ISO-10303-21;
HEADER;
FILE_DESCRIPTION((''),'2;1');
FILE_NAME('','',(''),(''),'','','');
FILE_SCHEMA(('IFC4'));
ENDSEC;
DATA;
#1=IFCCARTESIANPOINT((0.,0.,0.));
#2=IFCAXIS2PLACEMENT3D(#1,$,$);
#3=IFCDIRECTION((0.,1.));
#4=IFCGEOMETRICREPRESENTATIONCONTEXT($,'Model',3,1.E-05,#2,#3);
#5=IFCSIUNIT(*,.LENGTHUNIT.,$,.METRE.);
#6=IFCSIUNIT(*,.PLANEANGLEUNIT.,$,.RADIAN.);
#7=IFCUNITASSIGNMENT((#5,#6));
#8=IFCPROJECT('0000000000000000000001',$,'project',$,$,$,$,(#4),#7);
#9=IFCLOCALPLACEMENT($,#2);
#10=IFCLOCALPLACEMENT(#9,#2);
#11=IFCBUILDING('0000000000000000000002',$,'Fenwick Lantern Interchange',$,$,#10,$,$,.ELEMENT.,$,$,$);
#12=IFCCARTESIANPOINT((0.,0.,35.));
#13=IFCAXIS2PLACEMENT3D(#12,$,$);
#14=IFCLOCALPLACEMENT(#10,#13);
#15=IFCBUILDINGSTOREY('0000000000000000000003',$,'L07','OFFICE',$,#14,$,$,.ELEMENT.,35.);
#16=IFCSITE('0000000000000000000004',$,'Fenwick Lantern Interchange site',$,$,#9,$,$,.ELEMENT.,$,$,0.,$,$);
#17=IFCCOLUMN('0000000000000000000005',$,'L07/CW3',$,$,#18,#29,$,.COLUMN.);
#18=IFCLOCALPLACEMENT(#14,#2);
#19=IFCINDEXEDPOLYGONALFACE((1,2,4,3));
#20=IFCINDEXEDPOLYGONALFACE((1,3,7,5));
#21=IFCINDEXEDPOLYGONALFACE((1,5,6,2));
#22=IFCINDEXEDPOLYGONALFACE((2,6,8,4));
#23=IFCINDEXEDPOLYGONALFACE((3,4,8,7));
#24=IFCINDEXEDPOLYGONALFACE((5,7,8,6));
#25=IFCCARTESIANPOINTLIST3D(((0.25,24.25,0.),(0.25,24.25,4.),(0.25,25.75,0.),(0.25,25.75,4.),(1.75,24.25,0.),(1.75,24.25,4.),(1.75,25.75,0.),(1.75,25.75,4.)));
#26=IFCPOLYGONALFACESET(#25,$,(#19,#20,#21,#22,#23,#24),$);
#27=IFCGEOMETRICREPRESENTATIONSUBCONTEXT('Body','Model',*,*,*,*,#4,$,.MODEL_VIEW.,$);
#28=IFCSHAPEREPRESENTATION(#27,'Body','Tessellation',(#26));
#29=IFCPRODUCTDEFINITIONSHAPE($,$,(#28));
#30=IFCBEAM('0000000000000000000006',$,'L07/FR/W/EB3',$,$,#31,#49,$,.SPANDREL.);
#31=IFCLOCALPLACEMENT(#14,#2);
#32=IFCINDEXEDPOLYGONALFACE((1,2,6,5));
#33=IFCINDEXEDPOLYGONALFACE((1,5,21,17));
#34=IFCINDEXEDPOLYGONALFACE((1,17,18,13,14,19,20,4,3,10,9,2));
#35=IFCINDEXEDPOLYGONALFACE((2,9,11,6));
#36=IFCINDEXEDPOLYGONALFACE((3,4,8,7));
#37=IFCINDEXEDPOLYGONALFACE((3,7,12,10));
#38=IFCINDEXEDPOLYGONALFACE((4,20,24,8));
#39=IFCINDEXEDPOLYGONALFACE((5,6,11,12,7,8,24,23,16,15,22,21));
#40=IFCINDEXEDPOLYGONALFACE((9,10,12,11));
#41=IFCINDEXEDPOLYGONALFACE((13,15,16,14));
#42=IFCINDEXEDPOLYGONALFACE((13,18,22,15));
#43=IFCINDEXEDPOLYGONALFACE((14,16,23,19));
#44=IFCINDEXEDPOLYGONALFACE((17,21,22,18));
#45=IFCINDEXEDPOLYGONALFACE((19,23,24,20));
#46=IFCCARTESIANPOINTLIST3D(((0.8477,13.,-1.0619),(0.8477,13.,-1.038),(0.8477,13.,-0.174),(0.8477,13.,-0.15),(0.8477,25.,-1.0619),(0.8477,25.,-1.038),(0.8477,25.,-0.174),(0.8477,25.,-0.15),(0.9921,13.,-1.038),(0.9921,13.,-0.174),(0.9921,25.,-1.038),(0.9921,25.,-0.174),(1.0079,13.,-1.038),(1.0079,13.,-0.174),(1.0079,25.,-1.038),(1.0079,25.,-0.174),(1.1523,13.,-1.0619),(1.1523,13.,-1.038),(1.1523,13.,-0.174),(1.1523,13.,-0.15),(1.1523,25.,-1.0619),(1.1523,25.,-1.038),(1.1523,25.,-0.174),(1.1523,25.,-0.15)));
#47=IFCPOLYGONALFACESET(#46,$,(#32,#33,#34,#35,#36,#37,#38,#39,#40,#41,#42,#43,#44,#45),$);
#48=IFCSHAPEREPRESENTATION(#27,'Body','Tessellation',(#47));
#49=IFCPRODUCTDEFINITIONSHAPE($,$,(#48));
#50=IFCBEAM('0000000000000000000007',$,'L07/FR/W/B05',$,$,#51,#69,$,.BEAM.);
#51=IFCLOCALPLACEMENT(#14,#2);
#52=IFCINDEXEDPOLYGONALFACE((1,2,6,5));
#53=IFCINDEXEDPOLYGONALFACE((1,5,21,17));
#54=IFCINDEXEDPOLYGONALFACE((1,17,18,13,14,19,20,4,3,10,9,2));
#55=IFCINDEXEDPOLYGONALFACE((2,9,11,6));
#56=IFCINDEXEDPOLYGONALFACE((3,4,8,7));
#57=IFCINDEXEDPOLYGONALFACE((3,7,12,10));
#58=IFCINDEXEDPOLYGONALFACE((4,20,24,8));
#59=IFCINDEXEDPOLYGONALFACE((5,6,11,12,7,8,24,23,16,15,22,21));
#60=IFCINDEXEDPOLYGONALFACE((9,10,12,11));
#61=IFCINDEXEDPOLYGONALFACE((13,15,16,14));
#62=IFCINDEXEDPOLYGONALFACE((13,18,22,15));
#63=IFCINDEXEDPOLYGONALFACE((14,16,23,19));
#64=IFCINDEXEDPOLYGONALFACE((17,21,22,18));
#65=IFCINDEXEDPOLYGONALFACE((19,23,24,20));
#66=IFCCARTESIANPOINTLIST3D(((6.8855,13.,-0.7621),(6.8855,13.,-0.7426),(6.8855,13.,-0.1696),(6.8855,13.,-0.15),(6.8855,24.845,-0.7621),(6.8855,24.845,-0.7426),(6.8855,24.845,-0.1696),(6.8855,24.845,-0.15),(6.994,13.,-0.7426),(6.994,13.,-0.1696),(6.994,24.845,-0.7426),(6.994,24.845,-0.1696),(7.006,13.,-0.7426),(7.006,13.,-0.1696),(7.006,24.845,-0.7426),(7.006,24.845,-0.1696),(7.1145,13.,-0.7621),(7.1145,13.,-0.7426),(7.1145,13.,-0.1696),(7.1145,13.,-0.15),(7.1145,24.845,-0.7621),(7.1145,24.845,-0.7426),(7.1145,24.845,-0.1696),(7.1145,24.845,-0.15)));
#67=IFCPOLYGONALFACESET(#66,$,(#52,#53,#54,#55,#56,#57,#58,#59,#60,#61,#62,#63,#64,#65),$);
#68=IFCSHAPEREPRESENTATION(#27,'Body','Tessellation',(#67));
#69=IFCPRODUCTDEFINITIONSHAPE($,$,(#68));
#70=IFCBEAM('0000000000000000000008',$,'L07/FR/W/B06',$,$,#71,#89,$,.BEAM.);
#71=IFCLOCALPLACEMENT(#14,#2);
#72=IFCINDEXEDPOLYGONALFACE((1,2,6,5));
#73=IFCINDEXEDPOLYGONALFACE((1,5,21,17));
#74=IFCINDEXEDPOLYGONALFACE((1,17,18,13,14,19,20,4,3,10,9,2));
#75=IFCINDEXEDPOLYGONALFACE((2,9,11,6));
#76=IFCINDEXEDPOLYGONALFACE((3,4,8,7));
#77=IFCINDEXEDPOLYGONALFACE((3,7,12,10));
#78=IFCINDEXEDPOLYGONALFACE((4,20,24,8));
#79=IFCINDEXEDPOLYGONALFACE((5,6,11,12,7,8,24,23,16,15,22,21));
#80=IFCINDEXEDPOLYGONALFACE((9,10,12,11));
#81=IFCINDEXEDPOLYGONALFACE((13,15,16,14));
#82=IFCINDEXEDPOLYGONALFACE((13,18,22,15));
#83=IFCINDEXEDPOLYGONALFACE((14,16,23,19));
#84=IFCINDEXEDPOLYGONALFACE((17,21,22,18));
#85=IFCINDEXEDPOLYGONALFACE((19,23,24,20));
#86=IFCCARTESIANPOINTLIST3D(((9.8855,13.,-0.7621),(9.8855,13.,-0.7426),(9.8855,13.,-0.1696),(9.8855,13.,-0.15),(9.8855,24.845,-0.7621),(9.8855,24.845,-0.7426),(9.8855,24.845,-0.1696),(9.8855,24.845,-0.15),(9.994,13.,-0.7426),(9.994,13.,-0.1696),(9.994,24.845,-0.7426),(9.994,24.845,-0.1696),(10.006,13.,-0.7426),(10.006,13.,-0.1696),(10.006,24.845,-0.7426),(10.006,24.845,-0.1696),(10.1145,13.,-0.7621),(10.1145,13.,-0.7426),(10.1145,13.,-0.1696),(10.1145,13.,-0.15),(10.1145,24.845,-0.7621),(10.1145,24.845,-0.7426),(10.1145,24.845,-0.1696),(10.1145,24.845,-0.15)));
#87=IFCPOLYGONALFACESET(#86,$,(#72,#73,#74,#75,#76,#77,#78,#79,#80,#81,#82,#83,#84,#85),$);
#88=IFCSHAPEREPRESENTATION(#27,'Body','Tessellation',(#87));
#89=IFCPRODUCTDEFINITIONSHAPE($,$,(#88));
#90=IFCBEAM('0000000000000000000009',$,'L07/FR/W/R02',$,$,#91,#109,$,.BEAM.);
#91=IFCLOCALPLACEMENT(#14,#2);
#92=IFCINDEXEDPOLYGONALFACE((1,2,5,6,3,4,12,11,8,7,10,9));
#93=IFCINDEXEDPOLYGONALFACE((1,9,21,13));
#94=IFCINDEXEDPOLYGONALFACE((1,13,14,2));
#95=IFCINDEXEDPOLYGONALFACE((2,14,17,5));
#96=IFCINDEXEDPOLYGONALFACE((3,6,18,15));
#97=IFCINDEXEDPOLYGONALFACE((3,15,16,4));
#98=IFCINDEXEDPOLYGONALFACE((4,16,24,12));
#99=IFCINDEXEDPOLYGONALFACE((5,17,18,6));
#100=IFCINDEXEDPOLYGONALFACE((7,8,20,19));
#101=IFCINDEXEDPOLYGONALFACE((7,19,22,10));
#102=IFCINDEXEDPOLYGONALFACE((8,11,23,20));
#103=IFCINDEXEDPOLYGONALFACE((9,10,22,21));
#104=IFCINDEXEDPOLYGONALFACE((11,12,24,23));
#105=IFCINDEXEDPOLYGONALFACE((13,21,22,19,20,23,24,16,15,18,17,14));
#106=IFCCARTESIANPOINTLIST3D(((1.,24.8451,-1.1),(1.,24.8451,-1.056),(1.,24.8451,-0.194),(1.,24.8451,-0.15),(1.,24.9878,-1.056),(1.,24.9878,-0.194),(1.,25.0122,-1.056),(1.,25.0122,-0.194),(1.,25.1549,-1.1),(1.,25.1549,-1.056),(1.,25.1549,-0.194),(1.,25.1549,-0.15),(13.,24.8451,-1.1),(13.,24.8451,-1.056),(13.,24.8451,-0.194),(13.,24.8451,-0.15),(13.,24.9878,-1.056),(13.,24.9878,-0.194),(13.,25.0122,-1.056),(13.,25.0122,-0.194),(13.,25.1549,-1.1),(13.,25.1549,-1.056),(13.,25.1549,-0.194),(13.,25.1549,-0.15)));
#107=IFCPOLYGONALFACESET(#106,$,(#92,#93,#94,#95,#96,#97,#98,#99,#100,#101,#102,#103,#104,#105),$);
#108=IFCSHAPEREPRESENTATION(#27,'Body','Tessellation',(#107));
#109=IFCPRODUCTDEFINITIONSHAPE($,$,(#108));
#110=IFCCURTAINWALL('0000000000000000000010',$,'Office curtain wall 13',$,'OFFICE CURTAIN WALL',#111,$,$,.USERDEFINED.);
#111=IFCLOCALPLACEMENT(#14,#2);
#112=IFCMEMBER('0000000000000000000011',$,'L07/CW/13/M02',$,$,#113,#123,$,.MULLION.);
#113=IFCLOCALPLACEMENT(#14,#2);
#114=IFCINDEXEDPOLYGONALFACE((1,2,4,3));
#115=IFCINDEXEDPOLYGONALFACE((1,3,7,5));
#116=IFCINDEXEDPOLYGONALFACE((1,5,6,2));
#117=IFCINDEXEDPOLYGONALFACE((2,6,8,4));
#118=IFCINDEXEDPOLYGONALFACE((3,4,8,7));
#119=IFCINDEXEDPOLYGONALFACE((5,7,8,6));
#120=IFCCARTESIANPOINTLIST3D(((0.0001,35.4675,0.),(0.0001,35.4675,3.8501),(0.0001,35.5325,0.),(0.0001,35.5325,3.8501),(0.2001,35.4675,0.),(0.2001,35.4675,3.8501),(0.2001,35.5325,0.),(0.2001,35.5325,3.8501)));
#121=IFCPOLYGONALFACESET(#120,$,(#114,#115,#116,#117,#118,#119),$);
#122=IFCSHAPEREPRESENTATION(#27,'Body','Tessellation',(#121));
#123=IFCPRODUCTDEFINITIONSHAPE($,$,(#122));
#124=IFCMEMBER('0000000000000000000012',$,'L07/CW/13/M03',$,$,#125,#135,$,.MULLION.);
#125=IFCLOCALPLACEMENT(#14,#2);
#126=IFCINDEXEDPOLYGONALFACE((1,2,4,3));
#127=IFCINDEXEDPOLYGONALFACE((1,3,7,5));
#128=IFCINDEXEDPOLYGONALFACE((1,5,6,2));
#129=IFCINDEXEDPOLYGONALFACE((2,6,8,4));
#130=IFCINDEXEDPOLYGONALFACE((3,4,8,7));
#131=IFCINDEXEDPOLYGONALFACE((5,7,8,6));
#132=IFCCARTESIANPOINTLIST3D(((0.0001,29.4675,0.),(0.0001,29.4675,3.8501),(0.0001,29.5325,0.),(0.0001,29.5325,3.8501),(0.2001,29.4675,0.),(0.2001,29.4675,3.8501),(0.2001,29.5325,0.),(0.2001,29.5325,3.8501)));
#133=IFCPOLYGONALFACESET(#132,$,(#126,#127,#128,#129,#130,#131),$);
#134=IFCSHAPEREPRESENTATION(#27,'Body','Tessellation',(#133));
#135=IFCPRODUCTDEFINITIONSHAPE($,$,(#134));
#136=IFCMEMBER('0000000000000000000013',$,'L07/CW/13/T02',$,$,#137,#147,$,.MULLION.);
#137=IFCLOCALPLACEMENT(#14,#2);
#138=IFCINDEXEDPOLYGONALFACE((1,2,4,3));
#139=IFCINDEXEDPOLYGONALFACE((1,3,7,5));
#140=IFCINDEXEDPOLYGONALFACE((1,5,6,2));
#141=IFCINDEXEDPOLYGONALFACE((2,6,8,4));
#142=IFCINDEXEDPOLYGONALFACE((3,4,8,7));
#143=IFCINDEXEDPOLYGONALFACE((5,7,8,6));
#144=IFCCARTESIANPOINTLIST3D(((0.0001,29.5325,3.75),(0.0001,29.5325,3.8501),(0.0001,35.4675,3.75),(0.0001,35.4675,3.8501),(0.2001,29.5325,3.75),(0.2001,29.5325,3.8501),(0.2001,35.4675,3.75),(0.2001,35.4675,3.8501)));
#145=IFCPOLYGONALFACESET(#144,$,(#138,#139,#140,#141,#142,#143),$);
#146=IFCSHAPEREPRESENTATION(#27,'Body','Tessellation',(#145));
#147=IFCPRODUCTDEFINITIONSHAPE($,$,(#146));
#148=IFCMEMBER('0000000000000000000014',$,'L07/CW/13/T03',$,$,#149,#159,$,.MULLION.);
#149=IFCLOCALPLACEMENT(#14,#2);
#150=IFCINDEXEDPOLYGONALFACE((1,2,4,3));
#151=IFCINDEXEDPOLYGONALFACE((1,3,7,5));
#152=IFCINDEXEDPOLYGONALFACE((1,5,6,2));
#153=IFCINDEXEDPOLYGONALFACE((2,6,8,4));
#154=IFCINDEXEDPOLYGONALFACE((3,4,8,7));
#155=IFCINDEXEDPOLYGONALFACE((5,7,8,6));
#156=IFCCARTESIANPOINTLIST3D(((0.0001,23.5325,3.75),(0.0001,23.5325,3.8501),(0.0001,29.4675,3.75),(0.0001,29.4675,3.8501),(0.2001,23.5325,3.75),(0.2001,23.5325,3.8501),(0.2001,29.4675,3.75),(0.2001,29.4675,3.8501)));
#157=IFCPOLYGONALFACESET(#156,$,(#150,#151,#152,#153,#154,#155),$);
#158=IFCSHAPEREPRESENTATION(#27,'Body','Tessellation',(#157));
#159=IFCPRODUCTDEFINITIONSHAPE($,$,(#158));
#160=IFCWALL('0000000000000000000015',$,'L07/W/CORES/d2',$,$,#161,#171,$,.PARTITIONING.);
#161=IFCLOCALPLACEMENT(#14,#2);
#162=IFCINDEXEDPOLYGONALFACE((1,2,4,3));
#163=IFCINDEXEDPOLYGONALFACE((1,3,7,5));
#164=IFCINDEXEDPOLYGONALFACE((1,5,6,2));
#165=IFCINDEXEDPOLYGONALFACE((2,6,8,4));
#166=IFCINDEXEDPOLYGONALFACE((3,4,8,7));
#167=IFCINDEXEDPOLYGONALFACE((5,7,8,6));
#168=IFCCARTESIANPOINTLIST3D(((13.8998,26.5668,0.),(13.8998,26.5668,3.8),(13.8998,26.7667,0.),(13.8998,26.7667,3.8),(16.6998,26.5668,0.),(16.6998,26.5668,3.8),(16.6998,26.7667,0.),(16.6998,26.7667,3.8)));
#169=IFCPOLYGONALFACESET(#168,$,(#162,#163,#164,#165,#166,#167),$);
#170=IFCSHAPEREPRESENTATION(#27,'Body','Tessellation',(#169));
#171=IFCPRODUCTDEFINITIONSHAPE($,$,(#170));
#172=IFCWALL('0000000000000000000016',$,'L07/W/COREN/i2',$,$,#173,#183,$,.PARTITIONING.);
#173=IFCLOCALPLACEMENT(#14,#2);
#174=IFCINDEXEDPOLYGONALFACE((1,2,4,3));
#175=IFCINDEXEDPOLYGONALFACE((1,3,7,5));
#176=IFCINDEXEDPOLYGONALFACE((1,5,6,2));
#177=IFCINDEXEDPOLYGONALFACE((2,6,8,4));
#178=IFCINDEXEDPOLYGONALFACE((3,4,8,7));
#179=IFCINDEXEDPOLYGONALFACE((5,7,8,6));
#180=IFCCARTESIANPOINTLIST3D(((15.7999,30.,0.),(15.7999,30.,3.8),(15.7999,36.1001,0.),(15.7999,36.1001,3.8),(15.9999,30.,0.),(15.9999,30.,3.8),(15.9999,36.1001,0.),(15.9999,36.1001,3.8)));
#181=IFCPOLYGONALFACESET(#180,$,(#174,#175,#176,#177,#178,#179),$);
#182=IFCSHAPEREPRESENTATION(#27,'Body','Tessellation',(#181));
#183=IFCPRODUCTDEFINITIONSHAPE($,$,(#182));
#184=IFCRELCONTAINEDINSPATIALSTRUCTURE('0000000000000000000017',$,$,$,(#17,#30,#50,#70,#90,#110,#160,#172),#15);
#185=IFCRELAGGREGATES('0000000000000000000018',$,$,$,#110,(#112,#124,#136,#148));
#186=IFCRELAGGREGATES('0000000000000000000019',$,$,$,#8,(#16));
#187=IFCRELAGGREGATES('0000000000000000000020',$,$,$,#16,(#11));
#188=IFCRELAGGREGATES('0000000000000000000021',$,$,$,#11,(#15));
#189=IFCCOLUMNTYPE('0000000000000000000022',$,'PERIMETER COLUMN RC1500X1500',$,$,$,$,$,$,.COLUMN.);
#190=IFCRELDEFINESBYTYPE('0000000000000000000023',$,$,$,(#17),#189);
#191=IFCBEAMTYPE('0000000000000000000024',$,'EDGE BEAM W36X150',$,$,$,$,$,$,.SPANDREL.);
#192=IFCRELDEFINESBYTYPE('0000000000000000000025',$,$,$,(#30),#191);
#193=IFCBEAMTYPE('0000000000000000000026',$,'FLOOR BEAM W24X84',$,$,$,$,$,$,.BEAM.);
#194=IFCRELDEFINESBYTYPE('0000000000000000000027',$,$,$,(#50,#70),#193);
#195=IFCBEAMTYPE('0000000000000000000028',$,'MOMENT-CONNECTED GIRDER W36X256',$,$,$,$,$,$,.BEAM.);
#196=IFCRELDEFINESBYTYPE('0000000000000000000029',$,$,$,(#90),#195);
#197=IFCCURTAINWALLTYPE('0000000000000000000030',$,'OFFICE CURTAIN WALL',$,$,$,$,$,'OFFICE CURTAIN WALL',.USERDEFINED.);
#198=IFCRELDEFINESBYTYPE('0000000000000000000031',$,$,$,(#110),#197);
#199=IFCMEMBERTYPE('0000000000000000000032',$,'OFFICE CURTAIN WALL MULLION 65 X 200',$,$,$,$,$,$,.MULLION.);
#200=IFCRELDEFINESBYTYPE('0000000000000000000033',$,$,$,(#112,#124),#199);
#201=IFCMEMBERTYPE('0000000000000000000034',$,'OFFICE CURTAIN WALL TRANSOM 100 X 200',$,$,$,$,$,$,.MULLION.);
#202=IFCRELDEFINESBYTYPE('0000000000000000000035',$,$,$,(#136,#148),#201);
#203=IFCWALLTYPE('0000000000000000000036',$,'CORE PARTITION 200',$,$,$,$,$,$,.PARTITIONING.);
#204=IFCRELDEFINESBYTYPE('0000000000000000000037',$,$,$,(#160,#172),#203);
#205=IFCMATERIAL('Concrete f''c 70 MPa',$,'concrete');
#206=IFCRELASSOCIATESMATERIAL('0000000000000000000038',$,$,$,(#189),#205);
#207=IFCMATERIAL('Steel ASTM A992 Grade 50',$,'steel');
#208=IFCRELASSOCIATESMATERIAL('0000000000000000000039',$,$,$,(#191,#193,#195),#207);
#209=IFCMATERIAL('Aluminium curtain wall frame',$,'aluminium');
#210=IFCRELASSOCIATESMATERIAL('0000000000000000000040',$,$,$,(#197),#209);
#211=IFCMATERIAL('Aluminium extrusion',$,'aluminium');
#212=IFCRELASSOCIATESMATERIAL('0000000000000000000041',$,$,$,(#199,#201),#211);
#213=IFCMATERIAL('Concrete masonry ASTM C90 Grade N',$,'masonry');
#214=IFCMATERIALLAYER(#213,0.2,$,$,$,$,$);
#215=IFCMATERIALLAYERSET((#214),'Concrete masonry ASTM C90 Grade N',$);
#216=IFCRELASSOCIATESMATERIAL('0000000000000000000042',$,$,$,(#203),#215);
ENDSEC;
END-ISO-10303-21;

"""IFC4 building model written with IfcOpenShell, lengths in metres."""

from ifc_helpers import new_model, si_unit, direction, frame, frame_2d, origin, origin_2d, place, context, subcontext, project, spatial, rectangle, i_section, extrude, material, layer, layer_set, material_profile, profile_set, type_object, element, aggregate, save


model = new_model("IFC4")

# Units and contexts
model_context = context("Model", 3, precision=1e-05, world=origin(), true_north=direction((0.0, 1.0)))
body_context = subcontext(model_context, "Body", "Model", "MODEL_VIEW")
ifc_project = project(units=[si_unit("LENGTHUNIT", "METRE"), si_unit("PLANEANGLEUNIT", "RADIAN")], contexts=[model_context])

# Site, building, storey
site_placement = place(None, origin())
site = spatial("IfcSite", under=ifc_project, at=site_placement, Name="Fenwick Lantern Interchange site", CompositionType="ELEMENT", RefElevation=0.0)
building_placement = place(site_placement, origin())
building = spatial("IfcBuilding", under=site, at=building_placement, Name="Fenwick Lantern Interchange", CompositionType="ELEMENT")
storey_placement = place(building_placement, frame((0.0, 0.0, 35.0)))
storey = spatial("IfcBuildingStorey", under=building, at=storey_placement, Name="L07", Description="OFFICE", CompositionType="ELEMENT", Elevation=35.0)

# Column
ifc_material_1 = material(Name="Concrete f'c 70 MPa", Category="concrete")
ifc_material_profile_1 = material_profile(ifc_material_1, rectangle(XDim=1.5, YDim=1.5, at=origin_2d()), Name="RC1500X1500")
ifc_profile_set_1 = profile_set([ifc_material_profile_1], Name="Concrete f'c 70 MPa")
column_type = type_object("IfcColumnType", Name="PERIMETER COLUMN RC1500X1500", PredefinedType="COLUMN", material=ifc_profile_set_1)
column_placement = place(storey_placement, frame((1.0, 25.0, 0.0), z_axis=(0.0, 0.0, 1.0), x_axis=(1.0, 0.0, 0.0)))
element("IfcColumn", 1, at=column_placement, inside=storey, type_object=column_type, Name="L07/CW3", PredefinedType="COLUMN", context=body_context, shape_type="SweptSolid", body=[
    extrude(rectangle(XDim=1.5, YDim=1.5, at=origin_2d()), origin(), (0.0, 0.0, 1.0), 4.0),
])

# Beams
ifc_material_2 = material(Name="Steel ASTM A992 Grade 50", Category="steel")
ifc_material_profile_2 = material_profile(ifc_material_2, i_section(OverallWidth=0.3047, OverallDepth=0.9119, WebThickness=0.0159, FlangeThickness=0.0239, at=origin_2d()), Name="W36X150")
ifc_profile_set_2 = profile_set([ifc_material_profile_2], Name="Steel ASTM A992 Grade 50")
beam_type_1 = type_object("IfcBeamType", Name="EDGE BEAM W36X150", PredefinedType="SPANDREL", material=ifc_profile_set_2)
beam_1_placement = place(storey_placement, frame((1.0, 25.0, -0.606), z_axis=(0.0, -1.0, 0.0), x_axis=(1.0, 0.0, 0.0)))
element("IfcBeam", 2, at=beam_1_placement, inside=storey, type_object=beam_type_1, Name="L07/FR/W/EB3", PredefinedType="SPANDREL", context=body_context, shape_type="SweptSolid", body=[
    extrude(i_section(OverallWidth=0.3047, OverallDepth=0.9119, WebThickness=0.0159, FlangeThickness=0.0239, at=origin_2d()), origin(), (0.0, 0.0, 1.0), 12.0),
])
ifc_material_profile_3 = material_profile(ifc_material_2, i_section(OverallWidth=0.229, OverallDepth=0.6121, WebThickness=0.012, FlangeThickness=0.0195, at=origin_2d()), Name="W24X84")
ifc_profile_set_3 = profile_set([ifc_material_profile_3], Name="Steel ASTM A992 Grade 50")
beam_type_2 = type_object("IfcBeamType", Name="FLOOR BEAM W24X84", PredefinedType="BEAM", material=ifc_profile_set_3)
for number, where, z_axis, x_axis, name in (
    (3, (7.0, 24.845, -0.4561), (0.0, -1.0, 0.0), (1.0, 0.0, 0.0), "L07/FR/W/B05"),
    (4, (10.0, 24.845, -0.4561), (0.0, -1.0, 0.0), (1.0, 0.0, 0.0), "L07/FR/W/B06"),
):
    element("IfcBeam", number, at=place(storey_placement, frame(where, z_axis=z_axis, x_axis=x_axis)), inside=storey, type_object=beam_type_2, Name=name, PredefinedType="BEAM", context=body_context, shape_type="SweptSolid", body=[
        extrude(i_section(OverallWidth=0.229, OverallDepth=0.6121, WebThickness=0.012, FlangeThickness=0.0195, at=origin_2d()), origin(), (0.0, 0.0, 1.0), 11.845),
    ])
ifc_material_profile_4 = material_profile(ifc_material_2, i_section(OverallWidth=0.3098, OverallDepth=0.95, WebThickness=0.0244, FlangeThickness=0.0439, at=origin_2d()), Name="W36X256")
ifc_profile_set_4 = profile_set([ifc_material_profile_4], Name="Steel ASTM A992 Grade 50")
beam_type_3 = type_object("IfcBeamType", Name="MOMENT-CONNECTED GIRDER W36X256", PredefinedType="BEAM", material=ifc_profile_set_4)
beam_2_placement = place(storey_placement, frame((1.0, 25.0, -0.625), z_axis=(1.0, 0.0, 0.0), x_axis=(0.0, 1.0, 0.0)))
element("IfcBeam", 5, at=beam_2_placement, inside=storey, type_object=beam_type_3, Name="L07/FR/W/R02", PredefinedType="BEAM", context=body_context, shape_type="SweptSolid", body=[
    extrude(i_section(OverallWidth=0.3098, OverallDepth=0.95, WebThickness=0.0244, FlangeThickness=0.0439, at=origin_2d()), origin(), (0.0, 0.0, 1.0), 12.0),
])

# Curtain wall, members
ifc_material_3 = material(Name="Aluminium curtain wall frame", Category="aluminium")
curtain_wall_type = type_object("IfcCurtainWallType", Name="OFFICE CURTAIN WALL", ElementType="OFFICE CURTAIN WALL", PredefinedType="USERDEFINED", material=ifc_material_3)
curtain_wall_placement = place(storey_placement, origin())
curtain_wall = element("IfcCurtainWall", 6, at=curtain_wall_placement, inside=storey, type_object=curtain_wall_type, Name="Office curtain wall 13", ObjectType="OFFICE CURTAIN WALL", PredefinedType="USERDEFINED")
ifc_material_4 = material(Name="Aluminium extrusion", Category="aluminium")
ifc_material_profile_5 = material_profile(ifc_material_4, rectangle(XDim=0.2, YDim=0.0649, at=origin_2d()), Name="OFFICE CURTAIN WALL MULLION 65 X 200")
ifc_profile_set_5 = profile_set([ifc_material_profile_5], Name="Aluminium extrusion")
member_type_1 = type_object("IfcMemberType", Name="OFFICE CURTAIN WALL MULLION 65 X 200", PredefinedType="MULLION", material=ifc_profile_set_5)
member_1_placement = place(storey_placement, frame((0.1001, 35.5, 0.0), z_axis=(0.0, 0.0, 1.0), x_axis=(1.0, 0.0, 0.0)))
member_1 = element("IfcMember", 7, at=member_1_placement, type_object=member_type_1, Name="L07/CW/13/M02", PredefinedType="MULLION", context=body_context, shape_type="SweptSolid", body=[
    extrude(rectangle(XDim=0.2, YDim=0.0649, at=origin_2d()), origin(), (0.0, 0.0, 1.0), 3.8501),
])
member_2_placement = place(storey_placement, frame((0.1001, 29.5, 0.0), z_axis=(0.0, 0.0, 1.0), x_axis=(1.0, 0.0, 0.0)))
member_2 = element("IfcMember", 8, at=member_2_placement, type_object=member_type_1, Name="L07/CW/13/M03", PredefinedType="MULLION", context=body_context, shape_type="SweptSolid", body=[
    extrude(rectangle(XDim=0.2, YDim=0.0649, at=origin_2d()), origin(), (0.0, 0.0, 1.0), 3.8501),
])
ifc_material_profile_6 = material_profile(ifc_material_4, rectangle(XDim=0.2, YDim=0.1001, at=origin_2d()), Name="OFFICE CURTAIN WALL TRANSOM 100 X 200")
ifc_profile_set_6 = profile_set([ifc_material_profile_6], Name="Aluminium extrusion")
member_type_2 = type_object("IfcMemberType", Name="OFFICE CURTAIN WALL TRANSOM 100 X 200", PredefinedType="MULLION", material=ifc_profile_set_6)
member_3_placement = place(storey_placement, frame((0.1001, 35.4675, 3.8), z_axis=(0.0, -1.0, 0.0), x_axis=(1.0, 0.0, 0.0)))
member_3 = element("IfcMember", 9, at=member_3_placement, type_object=member_type_2, Name="L07/CW/13/T02", PredefinedType="MULLION", context=body_context, shape_type="SweptSolid", body=[
    extrude(rectangle(XDim=0.2, YDim=0.1001, at=origin_2d()), origin(), (0.0, 0.0, 1.0), 5.9351),
])
member_4_placement = place(storey_placement, frame((0.1001, 29.4675, 3.8), z_axis=(0.0, -1.0, 0.0), x_axis=(1.0, 0.0, 0.0)))
member_4 = element("IfcMember", 10, at=member_4_placement, type_object=member_type_2, Name="L07/CW/13/T03", PredefinedType="MULLION", context=body_context, shape_type="SweptSolid", body=[
    extrude(rectangle(XDim=0.2, YDim=0.1001, at=origin_2d()), origin(), (0.0, 0.0, 1.0), 5.9351),
])
aggregate(curtain_wall, [member_1, member_2, member_3, member_4])

# Walls
ifc_material_5 = material(Name="Concrete masonry ASTM C90 Grade N", Category="masonry")
ifc_layer_1 = layer(ifc_material_5, 0.2)
ifc_layer_set_1 = layer_set([ifc_layer_1], Name="Concrete masonry ASTM C90 Grade N")
wall_type_1 = type_object("IfcWallType", Name="CORE PARTITION 200", PredefinedType="PARTITIONING", material=ifc_layer_set_1)
wall_1_placement = place(storey_placement, frame((13.8999, 26.6667, 0.0), z_axis=(0.0, 0.0, 1.0), x_axis=(1.0, 0.0, 0.0)))
element("IfcWall", 11, at=wall_1_placement, inside=storey, type_object=wall_type_1, Name="L07/W/CORES/d2", PredefinedType="PARTITIONING", context=body_context, shape_type="SweptSolid", body=[
    extrude(rectangle(XDim=2.8, YDim=0.2, at=frame_2d((1.3999, 0.0))), origin(), (0.0, 0.0, 1.0), 3.8),
])
wall_2_placement = place(storey_placement, frame((15.8999, 36.1001, 0.0), z_axis=(0.0, 0.0, 1.0), x_axis=(0.0, -1.0, 0.0)))
element("IfcWall", 12, at=wall_2_placement, inside=storey, type_object=wall_type_1, Name="L07/W/COREN/i2", PredefinedType="PARTITIONING", context=body_context, shape_type="SweptSolid", body=[
    extrude(rectangle(XDim=6.1001, YDim=0.2, at=frame_2d((3.05, 0.0))), origin(), (0.0, 0.0, 1.0), 3.8),
])

save(model, "model.ifc")
